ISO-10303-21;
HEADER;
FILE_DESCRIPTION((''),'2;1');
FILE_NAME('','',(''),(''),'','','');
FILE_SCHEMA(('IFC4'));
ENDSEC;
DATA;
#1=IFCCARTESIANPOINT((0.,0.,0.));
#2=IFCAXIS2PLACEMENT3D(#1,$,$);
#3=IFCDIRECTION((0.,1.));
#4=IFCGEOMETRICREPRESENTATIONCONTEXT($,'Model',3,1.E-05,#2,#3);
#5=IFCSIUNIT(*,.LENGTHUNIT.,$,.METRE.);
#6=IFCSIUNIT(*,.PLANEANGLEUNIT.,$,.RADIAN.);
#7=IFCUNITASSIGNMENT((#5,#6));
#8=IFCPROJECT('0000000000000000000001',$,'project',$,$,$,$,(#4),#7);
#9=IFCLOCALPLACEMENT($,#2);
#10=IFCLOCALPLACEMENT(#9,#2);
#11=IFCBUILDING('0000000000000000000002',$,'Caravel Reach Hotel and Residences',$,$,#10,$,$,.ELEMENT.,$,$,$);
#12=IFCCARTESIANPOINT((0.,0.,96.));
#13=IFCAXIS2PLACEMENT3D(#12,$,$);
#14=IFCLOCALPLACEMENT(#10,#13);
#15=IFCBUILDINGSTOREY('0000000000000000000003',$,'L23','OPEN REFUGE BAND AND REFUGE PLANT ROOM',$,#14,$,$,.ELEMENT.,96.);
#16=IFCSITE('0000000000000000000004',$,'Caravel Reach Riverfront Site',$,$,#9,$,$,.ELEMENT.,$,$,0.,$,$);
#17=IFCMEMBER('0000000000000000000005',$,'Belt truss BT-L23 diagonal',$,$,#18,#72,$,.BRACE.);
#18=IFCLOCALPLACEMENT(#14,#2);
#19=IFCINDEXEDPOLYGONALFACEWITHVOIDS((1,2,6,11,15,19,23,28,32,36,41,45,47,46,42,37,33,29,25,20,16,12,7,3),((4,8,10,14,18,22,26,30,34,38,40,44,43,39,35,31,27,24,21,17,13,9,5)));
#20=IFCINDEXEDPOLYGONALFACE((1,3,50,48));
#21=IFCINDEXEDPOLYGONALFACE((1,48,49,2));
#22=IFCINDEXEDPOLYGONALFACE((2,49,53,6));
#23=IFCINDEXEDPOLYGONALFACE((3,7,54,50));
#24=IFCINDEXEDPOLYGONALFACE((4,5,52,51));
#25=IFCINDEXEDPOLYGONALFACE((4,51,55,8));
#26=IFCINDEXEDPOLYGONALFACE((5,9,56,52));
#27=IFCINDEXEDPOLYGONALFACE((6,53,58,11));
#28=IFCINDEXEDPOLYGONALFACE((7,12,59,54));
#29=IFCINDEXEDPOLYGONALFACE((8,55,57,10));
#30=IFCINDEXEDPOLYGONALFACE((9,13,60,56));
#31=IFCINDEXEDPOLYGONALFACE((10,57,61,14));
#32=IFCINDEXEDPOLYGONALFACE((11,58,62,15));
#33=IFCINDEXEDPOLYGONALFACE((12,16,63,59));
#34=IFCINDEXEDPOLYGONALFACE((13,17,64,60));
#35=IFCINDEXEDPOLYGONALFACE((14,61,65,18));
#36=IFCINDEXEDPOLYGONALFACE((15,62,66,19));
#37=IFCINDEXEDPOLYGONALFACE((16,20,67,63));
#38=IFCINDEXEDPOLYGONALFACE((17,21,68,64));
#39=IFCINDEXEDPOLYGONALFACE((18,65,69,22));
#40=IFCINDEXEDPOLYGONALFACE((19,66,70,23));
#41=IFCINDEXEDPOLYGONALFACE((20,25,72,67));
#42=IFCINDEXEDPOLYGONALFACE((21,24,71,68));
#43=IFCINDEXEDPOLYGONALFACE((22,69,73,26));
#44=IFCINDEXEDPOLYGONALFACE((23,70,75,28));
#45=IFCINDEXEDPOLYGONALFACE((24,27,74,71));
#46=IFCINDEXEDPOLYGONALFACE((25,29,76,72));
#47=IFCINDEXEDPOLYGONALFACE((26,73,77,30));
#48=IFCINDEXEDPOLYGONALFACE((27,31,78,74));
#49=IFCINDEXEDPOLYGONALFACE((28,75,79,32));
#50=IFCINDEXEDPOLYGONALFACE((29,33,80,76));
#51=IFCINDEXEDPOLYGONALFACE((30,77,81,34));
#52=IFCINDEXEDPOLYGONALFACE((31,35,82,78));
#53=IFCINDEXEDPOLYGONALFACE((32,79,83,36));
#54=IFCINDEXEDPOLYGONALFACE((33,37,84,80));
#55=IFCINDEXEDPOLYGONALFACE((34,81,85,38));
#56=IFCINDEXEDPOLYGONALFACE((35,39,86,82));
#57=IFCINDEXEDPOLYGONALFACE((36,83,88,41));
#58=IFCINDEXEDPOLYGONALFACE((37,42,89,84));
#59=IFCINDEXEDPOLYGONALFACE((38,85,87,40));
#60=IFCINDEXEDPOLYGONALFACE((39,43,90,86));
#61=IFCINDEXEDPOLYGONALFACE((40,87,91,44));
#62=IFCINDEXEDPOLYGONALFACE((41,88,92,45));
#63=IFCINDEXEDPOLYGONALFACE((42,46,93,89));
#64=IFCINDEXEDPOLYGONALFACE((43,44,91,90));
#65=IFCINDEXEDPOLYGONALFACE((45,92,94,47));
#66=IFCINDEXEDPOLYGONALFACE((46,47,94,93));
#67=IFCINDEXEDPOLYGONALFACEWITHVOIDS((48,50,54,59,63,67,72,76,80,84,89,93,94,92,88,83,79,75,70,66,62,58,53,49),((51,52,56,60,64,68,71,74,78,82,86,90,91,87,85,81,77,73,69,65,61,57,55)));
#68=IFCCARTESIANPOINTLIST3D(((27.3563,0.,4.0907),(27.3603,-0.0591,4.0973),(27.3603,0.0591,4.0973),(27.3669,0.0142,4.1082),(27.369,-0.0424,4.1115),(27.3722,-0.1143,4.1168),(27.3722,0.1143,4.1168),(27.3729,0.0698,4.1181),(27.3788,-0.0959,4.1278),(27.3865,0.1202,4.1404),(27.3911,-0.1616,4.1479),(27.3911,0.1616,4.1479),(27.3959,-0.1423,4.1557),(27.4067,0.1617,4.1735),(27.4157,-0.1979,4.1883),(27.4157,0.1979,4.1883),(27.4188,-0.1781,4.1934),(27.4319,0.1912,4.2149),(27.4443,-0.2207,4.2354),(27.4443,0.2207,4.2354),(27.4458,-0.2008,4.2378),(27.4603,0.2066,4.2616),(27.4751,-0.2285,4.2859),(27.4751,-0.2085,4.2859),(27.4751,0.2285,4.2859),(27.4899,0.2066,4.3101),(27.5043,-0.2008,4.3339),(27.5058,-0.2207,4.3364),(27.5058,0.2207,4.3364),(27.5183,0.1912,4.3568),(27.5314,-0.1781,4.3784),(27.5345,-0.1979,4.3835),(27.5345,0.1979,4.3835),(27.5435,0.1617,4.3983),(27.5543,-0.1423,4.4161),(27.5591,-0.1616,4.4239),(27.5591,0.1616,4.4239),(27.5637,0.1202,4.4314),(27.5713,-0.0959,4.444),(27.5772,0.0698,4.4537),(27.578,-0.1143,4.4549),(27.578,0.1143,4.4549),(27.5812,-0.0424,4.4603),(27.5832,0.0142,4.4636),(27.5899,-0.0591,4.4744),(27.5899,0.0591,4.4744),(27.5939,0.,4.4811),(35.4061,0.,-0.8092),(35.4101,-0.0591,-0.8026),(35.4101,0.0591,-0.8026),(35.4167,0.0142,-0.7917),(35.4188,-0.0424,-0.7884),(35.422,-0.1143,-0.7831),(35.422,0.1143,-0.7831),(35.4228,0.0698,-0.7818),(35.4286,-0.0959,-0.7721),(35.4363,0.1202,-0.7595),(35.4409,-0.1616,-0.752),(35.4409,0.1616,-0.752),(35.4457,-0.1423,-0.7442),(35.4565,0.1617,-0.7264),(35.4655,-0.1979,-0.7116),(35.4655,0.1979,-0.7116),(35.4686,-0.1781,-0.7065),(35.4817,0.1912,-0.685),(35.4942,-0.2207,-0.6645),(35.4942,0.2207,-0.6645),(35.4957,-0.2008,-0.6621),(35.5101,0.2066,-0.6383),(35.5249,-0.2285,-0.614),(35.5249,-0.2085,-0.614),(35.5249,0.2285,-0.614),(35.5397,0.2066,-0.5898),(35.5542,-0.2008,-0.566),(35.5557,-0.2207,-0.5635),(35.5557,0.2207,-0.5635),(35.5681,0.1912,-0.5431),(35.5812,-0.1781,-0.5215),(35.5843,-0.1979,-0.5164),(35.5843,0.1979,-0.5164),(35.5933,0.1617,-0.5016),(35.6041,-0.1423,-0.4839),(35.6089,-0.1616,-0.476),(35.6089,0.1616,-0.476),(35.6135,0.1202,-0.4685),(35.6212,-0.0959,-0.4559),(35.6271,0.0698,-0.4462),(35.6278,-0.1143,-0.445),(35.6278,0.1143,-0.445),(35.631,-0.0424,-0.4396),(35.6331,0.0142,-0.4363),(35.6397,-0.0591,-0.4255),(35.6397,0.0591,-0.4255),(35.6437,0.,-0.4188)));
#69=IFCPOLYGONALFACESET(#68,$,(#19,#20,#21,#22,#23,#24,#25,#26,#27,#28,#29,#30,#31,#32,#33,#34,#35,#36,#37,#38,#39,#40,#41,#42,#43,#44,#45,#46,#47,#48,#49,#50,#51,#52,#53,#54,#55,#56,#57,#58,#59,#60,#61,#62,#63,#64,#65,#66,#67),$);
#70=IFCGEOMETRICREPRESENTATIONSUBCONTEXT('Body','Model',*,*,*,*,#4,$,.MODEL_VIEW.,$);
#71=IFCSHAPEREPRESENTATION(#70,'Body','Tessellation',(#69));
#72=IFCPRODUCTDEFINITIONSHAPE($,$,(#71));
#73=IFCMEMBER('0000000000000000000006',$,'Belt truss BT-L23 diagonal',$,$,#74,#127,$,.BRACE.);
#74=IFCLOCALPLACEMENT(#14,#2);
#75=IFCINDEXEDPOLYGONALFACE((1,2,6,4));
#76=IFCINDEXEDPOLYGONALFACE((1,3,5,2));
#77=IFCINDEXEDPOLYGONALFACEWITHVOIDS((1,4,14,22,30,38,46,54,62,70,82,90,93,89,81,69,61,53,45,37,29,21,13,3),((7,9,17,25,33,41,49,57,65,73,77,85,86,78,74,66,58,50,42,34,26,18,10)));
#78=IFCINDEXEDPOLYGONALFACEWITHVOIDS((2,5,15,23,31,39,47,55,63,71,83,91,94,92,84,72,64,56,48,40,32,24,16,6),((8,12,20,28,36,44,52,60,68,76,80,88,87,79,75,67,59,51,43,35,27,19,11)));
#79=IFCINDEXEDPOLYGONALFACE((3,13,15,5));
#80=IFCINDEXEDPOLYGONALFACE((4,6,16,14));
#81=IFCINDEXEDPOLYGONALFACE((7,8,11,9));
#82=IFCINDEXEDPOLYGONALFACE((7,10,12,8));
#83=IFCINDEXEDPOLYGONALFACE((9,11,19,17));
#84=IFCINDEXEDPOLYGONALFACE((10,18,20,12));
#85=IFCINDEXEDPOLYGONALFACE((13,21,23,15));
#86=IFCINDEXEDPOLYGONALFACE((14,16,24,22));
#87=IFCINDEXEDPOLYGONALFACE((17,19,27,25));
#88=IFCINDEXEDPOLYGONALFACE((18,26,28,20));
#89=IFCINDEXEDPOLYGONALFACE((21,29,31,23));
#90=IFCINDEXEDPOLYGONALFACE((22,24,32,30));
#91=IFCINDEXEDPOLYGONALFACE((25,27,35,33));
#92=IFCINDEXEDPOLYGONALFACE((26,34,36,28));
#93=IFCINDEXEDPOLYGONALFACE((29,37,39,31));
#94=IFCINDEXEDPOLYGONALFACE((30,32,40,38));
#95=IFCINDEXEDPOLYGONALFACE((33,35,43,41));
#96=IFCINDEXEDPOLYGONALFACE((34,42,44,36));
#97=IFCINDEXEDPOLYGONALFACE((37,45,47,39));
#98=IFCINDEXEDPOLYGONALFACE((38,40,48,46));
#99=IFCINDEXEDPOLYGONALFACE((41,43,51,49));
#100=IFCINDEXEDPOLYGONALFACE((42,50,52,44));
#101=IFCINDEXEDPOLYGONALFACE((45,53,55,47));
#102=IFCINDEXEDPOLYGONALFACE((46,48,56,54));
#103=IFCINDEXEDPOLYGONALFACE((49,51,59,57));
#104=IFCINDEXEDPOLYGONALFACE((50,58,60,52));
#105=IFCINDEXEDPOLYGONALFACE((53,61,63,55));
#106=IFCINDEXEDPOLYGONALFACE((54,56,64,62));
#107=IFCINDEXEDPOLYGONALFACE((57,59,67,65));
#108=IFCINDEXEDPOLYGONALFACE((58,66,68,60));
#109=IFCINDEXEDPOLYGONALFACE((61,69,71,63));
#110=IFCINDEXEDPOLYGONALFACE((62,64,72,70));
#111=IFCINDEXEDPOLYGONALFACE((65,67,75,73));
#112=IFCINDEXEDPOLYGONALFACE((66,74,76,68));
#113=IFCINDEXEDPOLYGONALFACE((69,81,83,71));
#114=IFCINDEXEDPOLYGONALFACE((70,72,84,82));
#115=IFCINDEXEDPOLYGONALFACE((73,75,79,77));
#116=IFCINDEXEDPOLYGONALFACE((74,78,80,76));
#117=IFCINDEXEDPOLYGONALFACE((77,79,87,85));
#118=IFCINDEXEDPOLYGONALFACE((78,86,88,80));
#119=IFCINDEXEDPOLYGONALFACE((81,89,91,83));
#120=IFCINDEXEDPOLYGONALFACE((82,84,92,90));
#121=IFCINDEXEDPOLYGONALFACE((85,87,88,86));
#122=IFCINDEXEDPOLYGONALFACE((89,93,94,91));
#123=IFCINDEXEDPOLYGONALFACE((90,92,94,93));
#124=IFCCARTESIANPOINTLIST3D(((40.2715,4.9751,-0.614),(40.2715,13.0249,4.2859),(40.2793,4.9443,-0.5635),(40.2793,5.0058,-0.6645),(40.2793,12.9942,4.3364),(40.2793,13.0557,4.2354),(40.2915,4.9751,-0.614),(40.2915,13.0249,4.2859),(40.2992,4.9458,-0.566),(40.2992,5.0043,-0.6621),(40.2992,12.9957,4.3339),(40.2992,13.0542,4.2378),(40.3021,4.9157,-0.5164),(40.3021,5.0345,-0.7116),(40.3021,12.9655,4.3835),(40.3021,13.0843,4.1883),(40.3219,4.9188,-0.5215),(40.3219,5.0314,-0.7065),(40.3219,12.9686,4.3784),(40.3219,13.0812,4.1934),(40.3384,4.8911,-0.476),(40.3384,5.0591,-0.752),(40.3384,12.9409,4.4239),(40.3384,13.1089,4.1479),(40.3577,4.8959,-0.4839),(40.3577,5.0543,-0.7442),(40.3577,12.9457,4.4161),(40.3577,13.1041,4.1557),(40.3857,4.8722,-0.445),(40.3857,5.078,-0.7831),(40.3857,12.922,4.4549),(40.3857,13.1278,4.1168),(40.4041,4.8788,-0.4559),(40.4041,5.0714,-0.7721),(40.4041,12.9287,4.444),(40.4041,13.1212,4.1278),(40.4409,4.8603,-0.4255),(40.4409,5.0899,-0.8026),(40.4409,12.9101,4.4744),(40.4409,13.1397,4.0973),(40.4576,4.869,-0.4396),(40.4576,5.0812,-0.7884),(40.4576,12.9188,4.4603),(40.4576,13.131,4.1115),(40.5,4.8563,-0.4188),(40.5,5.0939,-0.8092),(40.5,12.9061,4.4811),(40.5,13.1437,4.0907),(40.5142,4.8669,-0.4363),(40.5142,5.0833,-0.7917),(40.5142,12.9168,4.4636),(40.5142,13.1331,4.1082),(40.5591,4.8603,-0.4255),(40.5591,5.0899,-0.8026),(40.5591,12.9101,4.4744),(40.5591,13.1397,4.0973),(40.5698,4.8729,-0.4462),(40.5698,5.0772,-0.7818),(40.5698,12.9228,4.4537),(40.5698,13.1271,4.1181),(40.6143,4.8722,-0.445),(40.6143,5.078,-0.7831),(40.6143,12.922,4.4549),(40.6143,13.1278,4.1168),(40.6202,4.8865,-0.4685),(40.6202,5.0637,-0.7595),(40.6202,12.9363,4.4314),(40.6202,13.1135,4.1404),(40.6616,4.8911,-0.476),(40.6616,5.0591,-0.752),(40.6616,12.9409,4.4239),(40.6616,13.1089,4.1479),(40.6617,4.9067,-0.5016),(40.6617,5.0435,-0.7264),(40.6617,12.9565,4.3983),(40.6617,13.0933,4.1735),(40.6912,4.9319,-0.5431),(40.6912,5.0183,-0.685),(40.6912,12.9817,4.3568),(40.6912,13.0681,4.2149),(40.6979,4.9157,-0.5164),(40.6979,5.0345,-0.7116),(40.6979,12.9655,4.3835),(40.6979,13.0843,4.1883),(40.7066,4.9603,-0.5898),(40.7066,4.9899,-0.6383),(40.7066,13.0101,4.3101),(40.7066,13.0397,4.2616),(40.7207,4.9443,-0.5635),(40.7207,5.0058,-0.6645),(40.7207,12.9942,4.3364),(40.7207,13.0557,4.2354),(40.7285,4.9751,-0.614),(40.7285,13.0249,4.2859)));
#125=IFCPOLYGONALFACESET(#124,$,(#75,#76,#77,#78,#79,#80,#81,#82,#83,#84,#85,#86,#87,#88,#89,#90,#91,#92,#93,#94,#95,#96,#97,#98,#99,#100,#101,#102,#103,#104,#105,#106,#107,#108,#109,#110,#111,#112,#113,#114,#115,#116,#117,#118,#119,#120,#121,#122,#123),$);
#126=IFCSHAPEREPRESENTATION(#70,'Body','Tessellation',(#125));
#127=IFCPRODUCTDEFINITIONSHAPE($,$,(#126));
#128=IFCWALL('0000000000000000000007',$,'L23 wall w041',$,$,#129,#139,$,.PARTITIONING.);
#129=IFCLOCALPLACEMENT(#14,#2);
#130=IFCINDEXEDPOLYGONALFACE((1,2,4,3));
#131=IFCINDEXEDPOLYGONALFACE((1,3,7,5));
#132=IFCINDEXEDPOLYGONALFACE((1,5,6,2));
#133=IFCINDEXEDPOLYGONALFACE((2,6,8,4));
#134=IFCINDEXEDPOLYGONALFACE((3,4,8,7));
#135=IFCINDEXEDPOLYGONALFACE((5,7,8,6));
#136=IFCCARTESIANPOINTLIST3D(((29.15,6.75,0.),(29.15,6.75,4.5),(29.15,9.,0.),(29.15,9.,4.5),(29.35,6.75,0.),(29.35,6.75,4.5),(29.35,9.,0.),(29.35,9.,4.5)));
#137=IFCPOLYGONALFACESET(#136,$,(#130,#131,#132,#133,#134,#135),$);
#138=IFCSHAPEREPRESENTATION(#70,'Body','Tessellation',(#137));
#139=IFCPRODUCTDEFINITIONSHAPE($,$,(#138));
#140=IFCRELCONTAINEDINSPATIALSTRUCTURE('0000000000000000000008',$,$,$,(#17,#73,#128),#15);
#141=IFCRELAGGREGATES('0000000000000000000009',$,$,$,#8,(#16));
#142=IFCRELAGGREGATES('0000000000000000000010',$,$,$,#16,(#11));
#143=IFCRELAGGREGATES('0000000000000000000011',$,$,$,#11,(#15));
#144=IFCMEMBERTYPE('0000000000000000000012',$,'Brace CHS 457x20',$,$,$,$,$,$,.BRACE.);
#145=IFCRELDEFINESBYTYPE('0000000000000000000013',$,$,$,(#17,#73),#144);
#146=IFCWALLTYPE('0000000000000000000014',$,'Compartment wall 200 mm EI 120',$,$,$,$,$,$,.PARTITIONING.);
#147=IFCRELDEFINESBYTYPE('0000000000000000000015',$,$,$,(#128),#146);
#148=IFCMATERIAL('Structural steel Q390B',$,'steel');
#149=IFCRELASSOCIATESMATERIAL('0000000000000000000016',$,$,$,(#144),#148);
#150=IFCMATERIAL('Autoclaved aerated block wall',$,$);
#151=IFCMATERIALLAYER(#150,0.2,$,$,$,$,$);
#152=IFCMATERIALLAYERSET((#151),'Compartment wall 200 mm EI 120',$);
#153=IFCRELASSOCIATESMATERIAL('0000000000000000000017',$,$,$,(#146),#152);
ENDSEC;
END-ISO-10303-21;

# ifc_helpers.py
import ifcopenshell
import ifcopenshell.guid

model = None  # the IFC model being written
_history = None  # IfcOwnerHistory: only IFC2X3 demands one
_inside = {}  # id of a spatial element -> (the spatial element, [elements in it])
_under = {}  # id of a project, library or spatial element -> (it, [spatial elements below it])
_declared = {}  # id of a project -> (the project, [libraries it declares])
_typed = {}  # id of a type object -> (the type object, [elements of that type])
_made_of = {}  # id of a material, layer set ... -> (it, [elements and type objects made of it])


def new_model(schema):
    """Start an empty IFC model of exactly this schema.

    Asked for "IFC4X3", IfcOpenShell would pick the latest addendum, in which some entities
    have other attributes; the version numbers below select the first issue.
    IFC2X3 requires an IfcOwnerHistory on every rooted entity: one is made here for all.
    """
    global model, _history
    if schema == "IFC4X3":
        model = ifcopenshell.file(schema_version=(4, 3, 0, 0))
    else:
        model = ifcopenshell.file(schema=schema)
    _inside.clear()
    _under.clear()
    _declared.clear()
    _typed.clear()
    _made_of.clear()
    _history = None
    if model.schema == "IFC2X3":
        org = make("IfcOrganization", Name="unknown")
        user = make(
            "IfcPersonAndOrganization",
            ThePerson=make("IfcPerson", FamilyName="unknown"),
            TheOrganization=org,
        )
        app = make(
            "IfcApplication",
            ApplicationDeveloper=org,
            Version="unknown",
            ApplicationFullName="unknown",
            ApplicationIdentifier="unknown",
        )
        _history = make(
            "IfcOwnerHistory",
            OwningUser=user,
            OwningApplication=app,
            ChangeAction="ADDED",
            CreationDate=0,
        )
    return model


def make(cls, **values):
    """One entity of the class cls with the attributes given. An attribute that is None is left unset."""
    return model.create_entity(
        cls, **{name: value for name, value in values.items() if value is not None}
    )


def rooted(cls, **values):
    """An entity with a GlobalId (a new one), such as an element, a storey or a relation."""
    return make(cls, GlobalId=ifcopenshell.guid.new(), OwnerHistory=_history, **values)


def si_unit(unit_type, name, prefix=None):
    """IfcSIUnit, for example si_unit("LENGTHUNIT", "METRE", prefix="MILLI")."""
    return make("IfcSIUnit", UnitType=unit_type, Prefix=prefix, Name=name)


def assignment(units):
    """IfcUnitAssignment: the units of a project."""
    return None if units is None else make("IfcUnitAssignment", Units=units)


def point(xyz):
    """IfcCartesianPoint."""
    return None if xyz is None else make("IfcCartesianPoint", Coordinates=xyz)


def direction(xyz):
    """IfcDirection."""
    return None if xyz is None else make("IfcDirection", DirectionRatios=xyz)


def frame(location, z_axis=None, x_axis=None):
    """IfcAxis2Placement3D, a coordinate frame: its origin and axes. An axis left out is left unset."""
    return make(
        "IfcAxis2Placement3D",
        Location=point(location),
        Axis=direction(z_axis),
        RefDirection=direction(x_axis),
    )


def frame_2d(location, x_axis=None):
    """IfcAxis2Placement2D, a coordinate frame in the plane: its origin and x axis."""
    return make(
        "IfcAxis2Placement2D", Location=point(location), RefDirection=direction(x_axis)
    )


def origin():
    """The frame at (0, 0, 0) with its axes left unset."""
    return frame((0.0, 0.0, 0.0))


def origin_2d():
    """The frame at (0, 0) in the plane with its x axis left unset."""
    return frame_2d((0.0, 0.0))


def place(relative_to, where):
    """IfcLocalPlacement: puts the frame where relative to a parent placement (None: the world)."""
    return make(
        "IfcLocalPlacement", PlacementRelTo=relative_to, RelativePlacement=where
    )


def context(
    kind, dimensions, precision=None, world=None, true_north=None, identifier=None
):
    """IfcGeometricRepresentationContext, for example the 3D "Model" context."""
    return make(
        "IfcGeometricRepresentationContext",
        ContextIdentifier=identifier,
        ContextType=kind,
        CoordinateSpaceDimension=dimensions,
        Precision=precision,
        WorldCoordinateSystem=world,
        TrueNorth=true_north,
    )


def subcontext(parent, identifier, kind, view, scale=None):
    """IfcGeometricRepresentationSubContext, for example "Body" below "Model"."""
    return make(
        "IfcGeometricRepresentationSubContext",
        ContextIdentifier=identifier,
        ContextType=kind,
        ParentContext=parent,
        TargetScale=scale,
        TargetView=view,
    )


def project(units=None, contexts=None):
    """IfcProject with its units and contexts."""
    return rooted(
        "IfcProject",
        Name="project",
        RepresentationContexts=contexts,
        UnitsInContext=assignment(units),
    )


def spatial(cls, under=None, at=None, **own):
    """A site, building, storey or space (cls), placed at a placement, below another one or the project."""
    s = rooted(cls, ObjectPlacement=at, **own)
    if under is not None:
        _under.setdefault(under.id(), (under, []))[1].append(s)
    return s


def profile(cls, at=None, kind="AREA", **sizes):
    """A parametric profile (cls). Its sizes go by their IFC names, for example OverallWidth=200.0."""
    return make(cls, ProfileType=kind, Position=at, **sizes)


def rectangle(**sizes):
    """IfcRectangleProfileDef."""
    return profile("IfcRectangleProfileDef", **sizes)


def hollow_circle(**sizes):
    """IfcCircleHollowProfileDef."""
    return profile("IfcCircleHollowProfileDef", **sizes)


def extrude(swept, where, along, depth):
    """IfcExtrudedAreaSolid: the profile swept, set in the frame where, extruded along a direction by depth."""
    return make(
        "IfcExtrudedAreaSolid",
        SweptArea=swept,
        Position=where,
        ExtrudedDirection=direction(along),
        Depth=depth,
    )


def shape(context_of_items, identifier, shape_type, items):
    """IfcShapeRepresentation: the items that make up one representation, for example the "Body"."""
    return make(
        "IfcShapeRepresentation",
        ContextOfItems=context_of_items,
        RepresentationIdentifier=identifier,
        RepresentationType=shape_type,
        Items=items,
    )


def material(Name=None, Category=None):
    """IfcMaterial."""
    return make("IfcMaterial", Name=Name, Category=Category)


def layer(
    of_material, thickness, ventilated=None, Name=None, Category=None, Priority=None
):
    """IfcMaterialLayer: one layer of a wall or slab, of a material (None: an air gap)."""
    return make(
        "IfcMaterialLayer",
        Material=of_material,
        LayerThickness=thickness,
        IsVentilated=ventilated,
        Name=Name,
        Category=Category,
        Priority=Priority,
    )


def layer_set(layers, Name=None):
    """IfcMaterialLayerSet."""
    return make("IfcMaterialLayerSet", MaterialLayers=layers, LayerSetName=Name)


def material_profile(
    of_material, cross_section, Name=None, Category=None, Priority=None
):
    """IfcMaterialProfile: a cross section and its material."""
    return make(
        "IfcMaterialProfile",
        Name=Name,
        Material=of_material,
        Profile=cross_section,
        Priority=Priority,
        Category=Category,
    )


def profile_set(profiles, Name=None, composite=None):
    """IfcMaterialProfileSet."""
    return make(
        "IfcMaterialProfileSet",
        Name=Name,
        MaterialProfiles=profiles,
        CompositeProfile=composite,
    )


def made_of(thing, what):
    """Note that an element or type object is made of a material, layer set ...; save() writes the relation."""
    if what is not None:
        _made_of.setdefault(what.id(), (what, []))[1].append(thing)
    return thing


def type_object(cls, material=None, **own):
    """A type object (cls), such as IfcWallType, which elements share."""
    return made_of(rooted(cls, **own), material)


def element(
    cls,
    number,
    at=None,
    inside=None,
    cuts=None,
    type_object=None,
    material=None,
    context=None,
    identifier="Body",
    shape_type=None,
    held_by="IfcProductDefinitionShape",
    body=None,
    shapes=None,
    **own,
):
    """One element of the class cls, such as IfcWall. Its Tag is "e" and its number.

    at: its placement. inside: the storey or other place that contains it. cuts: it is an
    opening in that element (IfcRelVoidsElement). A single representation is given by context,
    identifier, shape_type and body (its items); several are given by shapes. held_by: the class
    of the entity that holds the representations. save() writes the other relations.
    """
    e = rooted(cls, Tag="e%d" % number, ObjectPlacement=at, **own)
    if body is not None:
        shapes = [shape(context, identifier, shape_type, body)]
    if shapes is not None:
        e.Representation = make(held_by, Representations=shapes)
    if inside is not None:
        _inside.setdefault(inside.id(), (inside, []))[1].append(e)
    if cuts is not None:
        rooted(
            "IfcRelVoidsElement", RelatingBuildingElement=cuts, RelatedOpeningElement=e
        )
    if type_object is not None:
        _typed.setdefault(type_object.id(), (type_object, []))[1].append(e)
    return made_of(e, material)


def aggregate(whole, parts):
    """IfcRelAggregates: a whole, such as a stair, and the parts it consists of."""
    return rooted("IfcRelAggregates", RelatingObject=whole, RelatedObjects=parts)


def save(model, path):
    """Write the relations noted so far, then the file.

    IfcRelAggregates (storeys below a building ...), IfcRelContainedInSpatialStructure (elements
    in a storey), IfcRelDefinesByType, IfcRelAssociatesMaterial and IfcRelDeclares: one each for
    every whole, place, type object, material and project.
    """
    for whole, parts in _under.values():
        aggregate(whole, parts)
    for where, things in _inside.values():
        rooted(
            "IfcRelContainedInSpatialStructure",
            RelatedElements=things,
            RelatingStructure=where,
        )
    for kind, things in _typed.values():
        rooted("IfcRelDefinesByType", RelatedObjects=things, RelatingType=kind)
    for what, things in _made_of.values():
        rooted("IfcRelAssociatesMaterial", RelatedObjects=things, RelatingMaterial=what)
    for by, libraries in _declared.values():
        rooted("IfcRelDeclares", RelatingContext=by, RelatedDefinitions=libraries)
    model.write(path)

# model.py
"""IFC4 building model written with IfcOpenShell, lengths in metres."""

from ifc_helpers import new_model, si_unit, direction, frame, frame_2d, origin, origin_2d, place, context, subcontext, project, spatial, rectangle, hollow_circle, extrude, material, layer, layer_set, material_profile, profile_set, type_object, element, save


model = new_model("IFC4")

# Units and contexts
model_context = context("Model", 3, precision=1e-05, world=origin(), true_north=direction((0.0, 1.0)))
body_context = subcontext(model_context, "Body", "Model", "MODEL_VIEW")
ifc_project = project(units=[si_unit("LENGTHUNIT", "METRE"), si_unit("PLANEANGLEUNIT", "RADIAN")], contexts=[model_context])

# Site, building, storey
site_placement = place(None, origin())
site = spatial("IfcSite", under=ifc_project, at=site_placement, Name="Caravel Reach Riverfront Site", CompositionType="ELEMENT", RefElevation=0.0)
building_placement = place(site_placement, origin())
building = spatial("IfcBuilding", under=site, at=building_placement, Name="Caravel Reach Hotel and Residences", CompositionType="ELEMENT")
storey_placement = place(building_placement, frame((0.0, 0.0, 96.0)))
storey = spatial("IfcBuildingStorey", under=building, at=storey_placement, Name="L23", Description="OPEN REFUGE BAND AND REFUGE PLANT ROOM", CompositionType="ELEMENT", Elevation=96.0)

# Members
ifc_material_1 = material(Name="Structural steel Q390B", Category="steel")
ifc_material_profile_1 = material_profile(ifc_material_1, hollow_circle(Radius=0.2285, WallThickness=0.02, at=origin_2d()), Name="CHS 457x20")
ifc_profile_set_1 = profile_set([ifc_material_profile_1], Name="Structural steel Q390B")
member_type = type_object("IfcMemberType", Name="Brace CHS 457x20", PredefinedType="BRACE", material=ifc_profile_set_1)
for number, where, z_axis, x_axis, name in (
    (1, (35.5249, 0.0, -0.614), (-0.854198, 0.0, 0.519949), (0.0, -1.0, 0.0), "Belt truss BT-L23 diagonal"),
    (2, (40.5, 4.9751, -0.614), (0.0, 0.854198, 0.519949), (-1.0, 0.0, 0.0), "Belt truss BT-L23 diagonal"),
):
    element("IfcMember", number, at=place(storey_placement, frame(where, z_axis=z_axis, x_axis=x_axis)), inside=storey, type_object=member_type, Name=name, PredefinedType="BRACE", context=body_context, shape_type="SweptSolid", body=[
        extrude(hollow_circle(Radius=0.2285, WallThickness=0.02, at=origin_2d()), origin(), (0.0, 0.0, 1.0), 9.4238),
    ])

# Wall
ifc_material_2 = material(Name="Autoclaved aerated block wall")
ifc_layer = layer(ifc_material_2, 0.2)
ifc_layer_set = layer_set([ifc_layer], Name="Compartment wall 200 mm EI 120")
wall_type = type_object("IfcWallType", Name="Compartment wall 200 mm EI 120", PredefinedType="PARTITIONING", material=ifc_layer_set)
wall_placement = place(storey_placement, frame((29.25, 6.75, 0.0), z_axis=(0.0, 0.0, 1.0), x_axis=(0.0, 1.0, 0.0)))
element("IfcWall", 3, at=wall_placement, inside=storey, type_object=wall_type, Name="L23 wall w041", PredefinedType="PARTITIONING", context=body_context, shape_type="SweptSolid", body=[
    extrude(rectangle(XDim=2.25, YDim=0.2, at=frame_2d((1.125, 0.0))), origin(), (0.0, 0.0, 1.0), 4.5),
])

save(model, "model.ifc")
